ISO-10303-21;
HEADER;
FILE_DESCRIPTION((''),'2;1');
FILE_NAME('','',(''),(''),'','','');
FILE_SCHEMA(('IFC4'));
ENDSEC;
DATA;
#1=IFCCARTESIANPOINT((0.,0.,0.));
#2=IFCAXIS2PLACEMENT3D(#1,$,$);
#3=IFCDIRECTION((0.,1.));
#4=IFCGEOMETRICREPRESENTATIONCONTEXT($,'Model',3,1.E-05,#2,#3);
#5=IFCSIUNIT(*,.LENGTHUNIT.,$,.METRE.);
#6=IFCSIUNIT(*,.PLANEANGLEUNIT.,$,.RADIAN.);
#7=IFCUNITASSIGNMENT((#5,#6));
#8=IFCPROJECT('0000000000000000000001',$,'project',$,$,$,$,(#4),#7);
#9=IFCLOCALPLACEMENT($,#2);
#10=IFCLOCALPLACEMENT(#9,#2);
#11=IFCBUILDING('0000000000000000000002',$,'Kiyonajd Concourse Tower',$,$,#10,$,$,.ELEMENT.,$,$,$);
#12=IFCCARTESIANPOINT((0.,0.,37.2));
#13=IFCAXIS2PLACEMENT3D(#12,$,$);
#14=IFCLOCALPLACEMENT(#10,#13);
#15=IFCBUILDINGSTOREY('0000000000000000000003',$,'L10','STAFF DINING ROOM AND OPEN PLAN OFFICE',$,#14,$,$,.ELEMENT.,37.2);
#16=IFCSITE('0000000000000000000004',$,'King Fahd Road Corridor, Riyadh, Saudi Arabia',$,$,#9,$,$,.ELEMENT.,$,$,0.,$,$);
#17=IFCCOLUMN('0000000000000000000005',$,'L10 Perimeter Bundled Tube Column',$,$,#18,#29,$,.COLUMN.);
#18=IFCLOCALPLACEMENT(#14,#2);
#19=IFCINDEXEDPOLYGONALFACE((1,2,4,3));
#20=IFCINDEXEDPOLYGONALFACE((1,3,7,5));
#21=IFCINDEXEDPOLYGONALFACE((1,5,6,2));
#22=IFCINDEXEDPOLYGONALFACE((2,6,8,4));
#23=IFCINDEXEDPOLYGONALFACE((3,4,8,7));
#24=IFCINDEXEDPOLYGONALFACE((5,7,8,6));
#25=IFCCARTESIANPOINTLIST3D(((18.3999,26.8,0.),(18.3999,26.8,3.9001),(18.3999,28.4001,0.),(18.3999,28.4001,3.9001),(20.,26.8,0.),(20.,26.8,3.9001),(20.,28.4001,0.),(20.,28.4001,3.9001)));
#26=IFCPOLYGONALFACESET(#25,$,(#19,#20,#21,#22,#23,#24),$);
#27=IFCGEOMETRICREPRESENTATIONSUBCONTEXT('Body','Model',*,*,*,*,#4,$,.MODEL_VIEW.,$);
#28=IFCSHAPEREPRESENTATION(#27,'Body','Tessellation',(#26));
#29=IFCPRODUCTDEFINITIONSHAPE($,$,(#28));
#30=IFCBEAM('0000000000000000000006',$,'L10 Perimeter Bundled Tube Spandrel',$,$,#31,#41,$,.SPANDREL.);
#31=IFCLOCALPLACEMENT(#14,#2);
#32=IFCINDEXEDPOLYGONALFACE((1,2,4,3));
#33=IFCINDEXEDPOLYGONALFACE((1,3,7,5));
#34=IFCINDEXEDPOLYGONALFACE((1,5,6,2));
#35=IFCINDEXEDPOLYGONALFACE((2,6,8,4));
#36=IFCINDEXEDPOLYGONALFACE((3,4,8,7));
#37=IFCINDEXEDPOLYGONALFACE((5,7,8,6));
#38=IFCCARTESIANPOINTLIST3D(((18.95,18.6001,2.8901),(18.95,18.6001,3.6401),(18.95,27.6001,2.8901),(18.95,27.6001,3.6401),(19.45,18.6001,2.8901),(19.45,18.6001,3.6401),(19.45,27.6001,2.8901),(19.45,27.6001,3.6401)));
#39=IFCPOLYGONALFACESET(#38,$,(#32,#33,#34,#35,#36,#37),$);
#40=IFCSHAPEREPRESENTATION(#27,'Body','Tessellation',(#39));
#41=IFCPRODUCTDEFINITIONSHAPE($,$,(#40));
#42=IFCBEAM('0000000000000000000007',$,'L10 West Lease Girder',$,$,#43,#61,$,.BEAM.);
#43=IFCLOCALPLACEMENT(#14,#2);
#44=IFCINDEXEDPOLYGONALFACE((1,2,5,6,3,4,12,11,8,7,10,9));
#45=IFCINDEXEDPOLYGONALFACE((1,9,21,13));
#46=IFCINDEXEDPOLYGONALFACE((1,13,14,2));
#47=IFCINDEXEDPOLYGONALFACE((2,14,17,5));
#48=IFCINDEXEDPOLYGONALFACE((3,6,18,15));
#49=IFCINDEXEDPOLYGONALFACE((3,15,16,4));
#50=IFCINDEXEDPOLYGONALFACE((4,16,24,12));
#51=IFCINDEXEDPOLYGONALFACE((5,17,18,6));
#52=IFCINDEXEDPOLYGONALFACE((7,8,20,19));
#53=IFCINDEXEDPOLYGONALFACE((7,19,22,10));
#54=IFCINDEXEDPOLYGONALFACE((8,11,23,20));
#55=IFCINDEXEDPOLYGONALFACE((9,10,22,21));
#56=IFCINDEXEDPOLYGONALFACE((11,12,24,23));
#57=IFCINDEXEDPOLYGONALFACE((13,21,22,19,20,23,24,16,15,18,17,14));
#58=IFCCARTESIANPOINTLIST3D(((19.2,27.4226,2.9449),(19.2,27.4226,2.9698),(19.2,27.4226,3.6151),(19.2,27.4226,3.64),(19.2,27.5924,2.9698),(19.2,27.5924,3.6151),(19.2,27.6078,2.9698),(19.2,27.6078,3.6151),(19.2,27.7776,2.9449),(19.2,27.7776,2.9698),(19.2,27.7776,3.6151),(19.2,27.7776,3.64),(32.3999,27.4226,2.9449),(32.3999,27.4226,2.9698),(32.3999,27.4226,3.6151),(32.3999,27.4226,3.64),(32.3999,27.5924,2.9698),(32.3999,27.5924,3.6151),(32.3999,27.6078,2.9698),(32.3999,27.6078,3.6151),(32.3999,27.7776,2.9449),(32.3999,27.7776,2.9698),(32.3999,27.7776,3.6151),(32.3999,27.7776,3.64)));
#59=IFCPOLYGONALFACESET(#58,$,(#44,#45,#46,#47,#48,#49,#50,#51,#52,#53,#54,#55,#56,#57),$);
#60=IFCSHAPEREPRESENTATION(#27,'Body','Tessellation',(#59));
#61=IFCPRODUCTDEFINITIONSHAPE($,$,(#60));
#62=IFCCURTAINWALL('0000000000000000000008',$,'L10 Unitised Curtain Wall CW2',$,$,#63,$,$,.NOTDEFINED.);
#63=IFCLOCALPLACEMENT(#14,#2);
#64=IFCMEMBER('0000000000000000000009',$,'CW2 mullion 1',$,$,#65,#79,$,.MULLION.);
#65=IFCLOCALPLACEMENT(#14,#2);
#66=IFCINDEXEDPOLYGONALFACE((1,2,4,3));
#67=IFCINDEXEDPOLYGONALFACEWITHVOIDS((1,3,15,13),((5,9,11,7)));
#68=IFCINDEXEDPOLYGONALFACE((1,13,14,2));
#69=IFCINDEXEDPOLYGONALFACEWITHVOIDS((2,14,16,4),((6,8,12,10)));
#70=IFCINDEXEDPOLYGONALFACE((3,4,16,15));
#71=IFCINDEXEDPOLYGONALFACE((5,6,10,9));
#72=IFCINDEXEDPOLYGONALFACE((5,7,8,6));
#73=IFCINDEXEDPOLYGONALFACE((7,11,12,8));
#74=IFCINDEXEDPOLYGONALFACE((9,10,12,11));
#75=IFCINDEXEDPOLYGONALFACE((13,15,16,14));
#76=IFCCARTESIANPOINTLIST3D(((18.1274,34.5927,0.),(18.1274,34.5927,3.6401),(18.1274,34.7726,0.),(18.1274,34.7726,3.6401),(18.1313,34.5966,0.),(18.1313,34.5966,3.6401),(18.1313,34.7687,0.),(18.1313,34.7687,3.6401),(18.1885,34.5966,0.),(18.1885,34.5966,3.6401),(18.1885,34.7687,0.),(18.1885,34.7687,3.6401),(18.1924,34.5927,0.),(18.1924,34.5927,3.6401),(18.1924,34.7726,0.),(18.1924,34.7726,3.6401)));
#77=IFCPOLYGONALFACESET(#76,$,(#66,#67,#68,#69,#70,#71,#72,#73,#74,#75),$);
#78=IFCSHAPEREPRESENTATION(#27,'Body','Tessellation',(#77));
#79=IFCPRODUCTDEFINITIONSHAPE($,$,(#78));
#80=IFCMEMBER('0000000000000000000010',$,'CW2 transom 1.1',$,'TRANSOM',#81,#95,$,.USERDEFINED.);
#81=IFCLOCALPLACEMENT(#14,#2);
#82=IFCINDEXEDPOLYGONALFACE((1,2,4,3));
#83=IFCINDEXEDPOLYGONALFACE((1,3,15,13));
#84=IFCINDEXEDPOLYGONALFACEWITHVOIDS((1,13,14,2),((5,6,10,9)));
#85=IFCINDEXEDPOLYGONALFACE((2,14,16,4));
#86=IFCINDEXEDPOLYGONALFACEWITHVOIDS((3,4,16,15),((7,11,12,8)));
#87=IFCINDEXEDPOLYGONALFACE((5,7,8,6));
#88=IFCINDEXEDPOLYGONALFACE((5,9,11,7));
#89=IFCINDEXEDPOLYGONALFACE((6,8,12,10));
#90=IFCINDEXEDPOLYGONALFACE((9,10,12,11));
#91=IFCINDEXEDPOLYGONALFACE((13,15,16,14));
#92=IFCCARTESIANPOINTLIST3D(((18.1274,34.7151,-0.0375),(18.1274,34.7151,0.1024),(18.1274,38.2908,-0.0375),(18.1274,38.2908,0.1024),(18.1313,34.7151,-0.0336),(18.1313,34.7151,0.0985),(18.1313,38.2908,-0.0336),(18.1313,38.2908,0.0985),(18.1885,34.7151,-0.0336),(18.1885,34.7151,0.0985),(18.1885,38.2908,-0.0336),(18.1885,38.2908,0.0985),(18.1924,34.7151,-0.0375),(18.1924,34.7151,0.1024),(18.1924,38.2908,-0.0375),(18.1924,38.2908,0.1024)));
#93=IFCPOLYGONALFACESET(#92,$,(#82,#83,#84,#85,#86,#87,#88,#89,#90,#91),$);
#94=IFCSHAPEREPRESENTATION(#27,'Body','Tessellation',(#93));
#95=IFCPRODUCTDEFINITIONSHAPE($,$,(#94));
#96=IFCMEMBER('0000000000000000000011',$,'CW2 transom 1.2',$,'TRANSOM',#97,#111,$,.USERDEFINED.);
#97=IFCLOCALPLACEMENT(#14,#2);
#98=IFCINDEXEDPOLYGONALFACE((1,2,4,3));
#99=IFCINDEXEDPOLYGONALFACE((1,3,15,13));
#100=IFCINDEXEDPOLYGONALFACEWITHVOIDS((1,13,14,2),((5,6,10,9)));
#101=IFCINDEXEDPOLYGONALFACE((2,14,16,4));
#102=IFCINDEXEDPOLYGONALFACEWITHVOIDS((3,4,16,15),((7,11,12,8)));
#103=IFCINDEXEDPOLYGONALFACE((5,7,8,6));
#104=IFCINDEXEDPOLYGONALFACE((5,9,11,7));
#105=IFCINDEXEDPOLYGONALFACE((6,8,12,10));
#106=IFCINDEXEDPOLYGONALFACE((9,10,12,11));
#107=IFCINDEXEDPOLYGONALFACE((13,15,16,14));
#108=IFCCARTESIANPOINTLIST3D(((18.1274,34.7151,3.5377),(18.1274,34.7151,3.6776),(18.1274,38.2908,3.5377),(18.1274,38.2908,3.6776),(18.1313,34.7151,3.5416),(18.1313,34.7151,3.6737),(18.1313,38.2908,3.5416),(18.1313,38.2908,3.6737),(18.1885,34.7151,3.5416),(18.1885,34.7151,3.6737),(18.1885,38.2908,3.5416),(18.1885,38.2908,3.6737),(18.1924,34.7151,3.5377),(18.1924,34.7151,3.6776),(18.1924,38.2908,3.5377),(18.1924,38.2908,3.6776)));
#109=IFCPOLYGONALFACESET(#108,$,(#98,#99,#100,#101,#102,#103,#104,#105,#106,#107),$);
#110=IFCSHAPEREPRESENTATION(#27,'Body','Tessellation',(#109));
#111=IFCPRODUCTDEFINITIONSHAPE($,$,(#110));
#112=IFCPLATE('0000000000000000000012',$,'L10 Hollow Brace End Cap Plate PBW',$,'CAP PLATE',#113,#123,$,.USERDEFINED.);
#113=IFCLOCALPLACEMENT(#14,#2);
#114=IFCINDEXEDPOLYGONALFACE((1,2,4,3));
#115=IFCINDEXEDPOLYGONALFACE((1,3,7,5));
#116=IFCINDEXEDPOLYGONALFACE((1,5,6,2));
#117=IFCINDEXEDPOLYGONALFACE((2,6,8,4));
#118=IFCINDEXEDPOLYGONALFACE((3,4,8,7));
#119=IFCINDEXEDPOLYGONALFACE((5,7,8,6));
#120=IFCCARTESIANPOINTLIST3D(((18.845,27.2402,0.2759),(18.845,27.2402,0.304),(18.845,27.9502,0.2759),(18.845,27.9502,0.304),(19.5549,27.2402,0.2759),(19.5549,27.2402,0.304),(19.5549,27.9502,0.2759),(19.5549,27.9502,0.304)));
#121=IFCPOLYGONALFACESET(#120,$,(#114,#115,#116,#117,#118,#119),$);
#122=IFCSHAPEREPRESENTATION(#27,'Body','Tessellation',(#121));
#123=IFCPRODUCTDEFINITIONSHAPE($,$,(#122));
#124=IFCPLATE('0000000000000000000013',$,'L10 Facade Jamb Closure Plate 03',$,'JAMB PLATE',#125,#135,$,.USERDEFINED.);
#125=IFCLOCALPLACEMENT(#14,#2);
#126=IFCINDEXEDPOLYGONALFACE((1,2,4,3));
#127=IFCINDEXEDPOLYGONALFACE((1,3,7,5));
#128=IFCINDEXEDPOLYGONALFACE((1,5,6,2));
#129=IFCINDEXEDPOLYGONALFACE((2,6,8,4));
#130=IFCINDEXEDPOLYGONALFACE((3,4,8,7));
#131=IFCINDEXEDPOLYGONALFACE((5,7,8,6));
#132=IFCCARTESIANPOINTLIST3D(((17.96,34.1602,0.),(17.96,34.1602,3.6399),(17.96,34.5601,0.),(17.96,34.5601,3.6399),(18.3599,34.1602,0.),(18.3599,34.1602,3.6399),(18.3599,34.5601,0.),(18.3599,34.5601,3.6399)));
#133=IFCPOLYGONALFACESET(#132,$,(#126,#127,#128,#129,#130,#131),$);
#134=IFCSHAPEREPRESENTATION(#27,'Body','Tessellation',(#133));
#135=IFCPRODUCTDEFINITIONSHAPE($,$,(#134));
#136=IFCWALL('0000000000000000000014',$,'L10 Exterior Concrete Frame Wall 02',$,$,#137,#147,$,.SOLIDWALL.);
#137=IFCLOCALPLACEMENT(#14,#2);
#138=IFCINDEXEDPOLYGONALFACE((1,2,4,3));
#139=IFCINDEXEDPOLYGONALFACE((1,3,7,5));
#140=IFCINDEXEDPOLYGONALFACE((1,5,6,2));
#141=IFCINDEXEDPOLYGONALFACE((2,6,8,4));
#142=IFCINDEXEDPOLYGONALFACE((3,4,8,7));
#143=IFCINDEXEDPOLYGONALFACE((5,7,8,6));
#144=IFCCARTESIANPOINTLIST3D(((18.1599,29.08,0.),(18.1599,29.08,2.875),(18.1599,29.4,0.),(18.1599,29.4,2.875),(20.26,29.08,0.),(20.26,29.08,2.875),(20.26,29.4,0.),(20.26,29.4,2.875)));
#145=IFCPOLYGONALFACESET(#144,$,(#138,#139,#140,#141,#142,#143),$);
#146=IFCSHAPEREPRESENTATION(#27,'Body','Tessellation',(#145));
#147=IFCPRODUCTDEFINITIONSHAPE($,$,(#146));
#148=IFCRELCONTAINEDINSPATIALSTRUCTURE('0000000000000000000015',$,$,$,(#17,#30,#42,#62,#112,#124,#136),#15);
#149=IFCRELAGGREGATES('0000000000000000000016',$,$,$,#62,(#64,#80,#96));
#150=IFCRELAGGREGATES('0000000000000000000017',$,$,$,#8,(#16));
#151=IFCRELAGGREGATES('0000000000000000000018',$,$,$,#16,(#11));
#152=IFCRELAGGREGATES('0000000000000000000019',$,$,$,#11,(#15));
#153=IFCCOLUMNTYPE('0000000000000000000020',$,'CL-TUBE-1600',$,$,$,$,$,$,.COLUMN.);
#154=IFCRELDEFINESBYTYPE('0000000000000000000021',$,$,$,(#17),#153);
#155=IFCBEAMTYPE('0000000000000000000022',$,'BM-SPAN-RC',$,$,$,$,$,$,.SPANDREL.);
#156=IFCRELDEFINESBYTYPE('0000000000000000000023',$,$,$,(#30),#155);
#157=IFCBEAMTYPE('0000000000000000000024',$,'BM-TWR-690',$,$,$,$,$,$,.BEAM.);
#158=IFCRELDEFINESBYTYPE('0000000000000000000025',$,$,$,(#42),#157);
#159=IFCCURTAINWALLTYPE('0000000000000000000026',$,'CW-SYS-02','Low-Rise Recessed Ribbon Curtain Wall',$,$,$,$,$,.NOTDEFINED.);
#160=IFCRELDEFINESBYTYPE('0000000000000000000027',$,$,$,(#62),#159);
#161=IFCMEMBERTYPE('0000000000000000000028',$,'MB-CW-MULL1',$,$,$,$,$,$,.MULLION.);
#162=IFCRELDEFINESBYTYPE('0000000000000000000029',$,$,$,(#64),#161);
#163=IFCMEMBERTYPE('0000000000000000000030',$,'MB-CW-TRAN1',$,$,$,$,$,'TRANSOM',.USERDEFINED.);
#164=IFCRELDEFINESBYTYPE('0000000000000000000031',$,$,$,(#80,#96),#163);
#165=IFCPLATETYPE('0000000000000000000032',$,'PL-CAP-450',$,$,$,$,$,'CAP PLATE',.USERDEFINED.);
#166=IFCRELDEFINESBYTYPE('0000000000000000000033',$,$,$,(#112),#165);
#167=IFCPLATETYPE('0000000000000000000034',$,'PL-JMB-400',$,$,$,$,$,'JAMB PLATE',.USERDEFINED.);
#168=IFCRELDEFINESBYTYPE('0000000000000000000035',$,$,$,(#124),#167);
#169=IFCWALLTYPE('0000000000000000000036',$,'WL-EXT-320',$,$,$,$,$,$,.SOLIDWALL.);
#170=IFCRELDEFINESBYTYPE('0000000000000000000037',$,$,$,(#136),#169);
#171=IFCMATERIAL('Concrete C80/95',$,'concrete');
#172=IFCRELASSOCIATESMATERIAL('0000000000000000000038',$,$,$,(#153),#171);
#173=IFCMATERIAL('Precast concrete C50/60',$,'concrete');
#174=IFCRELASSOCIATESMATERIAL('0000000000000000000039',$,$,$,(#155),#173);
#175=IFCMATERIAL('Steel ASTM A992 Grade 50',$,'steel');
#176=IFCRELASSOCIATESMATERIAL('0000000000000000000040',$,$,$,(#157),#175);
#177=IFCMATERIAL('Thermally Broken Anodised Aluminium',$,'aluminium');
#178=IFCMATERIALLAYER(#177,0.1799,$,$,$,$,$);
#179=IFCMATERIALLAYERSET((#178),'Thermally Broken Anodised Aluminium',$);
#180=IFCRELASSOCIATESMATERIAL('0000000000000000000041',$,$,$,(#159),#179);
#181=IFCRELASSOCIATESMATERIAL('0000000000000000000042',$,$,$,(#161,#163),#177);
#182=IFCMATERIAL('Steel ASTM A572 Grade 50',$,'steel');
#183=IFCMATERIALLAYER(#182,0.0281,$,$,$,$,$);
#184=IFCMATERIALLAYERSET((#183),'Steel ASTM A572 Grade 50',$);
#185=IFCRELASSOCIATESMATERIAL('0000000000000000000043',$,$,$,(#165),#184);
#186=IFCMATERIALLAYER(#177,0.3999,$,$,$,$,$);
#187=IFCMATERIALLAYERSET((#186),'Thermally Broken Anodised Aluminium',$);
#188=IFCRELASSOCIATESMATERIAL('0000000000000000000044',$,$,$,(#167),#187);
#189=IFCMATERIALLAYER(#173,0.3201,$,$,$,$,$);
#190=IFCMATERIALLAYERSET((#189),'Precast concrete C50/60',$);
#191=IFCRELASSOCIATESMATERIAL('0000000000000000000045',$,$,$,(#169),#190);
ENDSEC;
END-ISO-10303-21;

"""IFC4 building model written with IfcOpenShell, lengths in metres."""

from ifc_helpers import new_model, si_unit, direction, frame, frame_2d, origin, origin_2d, place, context, subcontext, project, spatial, rectangle, hollow_rectangle, i_section, extrude, material, layer, layer_set, material_profile, profile_set, type_object, element, aggregate, save


model = new_model("IFC4")

# Units and contexts
model_context = context("Model", 3, precision=1e-05, world=origin(), true_north=direction((0.0, 1.0)))
body_context = subcontext(model_context, "Body", "Model", "MODEL_VIEW")
ifc_project = project(units=[si_unit("LENGTHUNIT", "METRE"), si_unit("PLANEANGLEUNIT", "RADIAN")], contexts=[model_context])

# Site, building, storey
site_placement = place(None, origin())
site = spatial("IfcSite", under=ifc_project, at=site_placement, Name="King Fahd Road Corridor, Riyadh, Saudi Arabia", CompositionType="ELEMENT", RefElevation=0.0)
building_placement = place(site_placement, origin())
building = spatial("IfcBuilding", under=site, at=building_placement, Name="Kiyonajd Concourse Tower", CompositionType="ELEMENT")
storey_placement = place(building_placement, frame((0.0, 0.0, 37.2)))
storey = spatial("IfcBuildingStorey", under=building, at=storey_placement, Name="L10", Description="STAFF DINING ROOM AND OPEN PLAN OFFICE", CompositionType="ELEMENT", Elevation=37.2)

# Column
ifc_material_1 = material(Name="Concrete C80/95", Category="concrete")
ifc_material_profile_1 = material_profile(ifc_material_1, rectangle(XDim=1.6001, YDim=1.6001, at=origin_2d()), Name="RC-1600x1600")
ifc_profile_set_1 = profile_set([ifc_material_profile_1], Name="Concrete C80/95")
column_type = type_object("IfcColumnType", Name="CL-TUBE-1600", PredefinedType="COLUMN", material=ifc_profile_set_1)
column_placement = place(storey_placement, frame((19.2, 27.6001, 0.0), z_axis=(0.0, 0.0, 1.0), x_axis=(1.0, 0.0, 0.0)))
element("IfcColumn", 1, at=column_placement, inside=storey, type_object=column_type, Name="L10 Perimeter Bundled Tube Column", PredefinedType="COLUMN", context=body_context, shape_type="SweptSolid", body=[
    extrude(rectangle(XDim=1.6001, YDim=1.6001, at=origin_2d()), origin(), (0.0, 0.0, 1.0), 3.9001),
])

# Beams
ifc_material_2 = material(Name="Precast concrete C50/60", Category="concrete")
ifc_material_profile_2 = material_profile(ifc_material_2, rectangle(XDim=0.5, YDim=0.75, at=origin_2d()), Name="RCBM-500x750")
ifc_profile_set_2 = profile_set([ifc_material_profile_2], Name="Precast concrete C50/60")
beam_type_1 = type_object("IfcBeamType", Name="BM-SPAN-RC", PredefinedType="SPANDREL", material=ifc_profile_set_2)
beam_1_placement = place(storey_placement, frame((19.2, 27.6001, 3.2651), z_axis=(0.0, -1.0, 0.0), x_axis=(1.0, 0.0, 0.0)))
element("IfcBeam", 2, at=beam_1_placement, inside=storey, type_object=beam_type_1, Name="L10 Perimeter Bundled Tube Spandrel", PredefinedType="SPANDREL", context=body_context, shape_type="SweptSolid", body=[
    extrude(rectangle(XDim=0.5, YDim=0.75, at=origin_2d()), origin(), (0.0, 0.0, 1.0), 9.0),
])
ifc_material_3 = material(Name="Steel ASTM A992 Grade 50", Category="steel")
ifc_material_profile_3 = material_profile(ifc_material_3, i_section(OverallWidth=0.355, OverallDepth=0.6951, WebThickness=0.0154, FlangeThickness=0.0249, at=origin_2d()), Name="W690X217")
ifc_profile_set_3 = profile_set([ifc_material_profile_3], Name="Steel ASTM A992 Grade 50")
beam_type_2 = type_object("IfcBeamType", Name="BM-TWR-690", PredefinedType="BEAM", material=ifc_profile_set_3)
beam_2_placement = place(storey_placement, frame((19.2, 27.6001, 3.2925), z_axis=(1.0, 0.0, 0.0), x_axis=(0.0, 1.0, 0.0)))
element("IfcBeam", 3, at=beam_2_placement, inside=storey, type_object=beam_type_2, Name="L10 West Lease Girder", PredefinedType="BEAM", context=body_context, shape_type="SweptSolid", body=[
    extrude(i_section(OverallWidth=0.355, OverallDepth=0.6951, WebThickness=0.0154, FlangeThickness=0.0249, at=origin_2d()), origin(), (0.0, 0.0, 1.0), 13.2),
])

# Curtain wall, members
ifc_material_4 = material(Name="Thermally Broken Anodised Aluminium", Category="aluminium")
ifc_layer_1 = layer(ifc_material_4, 0.1799)
ifc_layer_set_1 = layer_set([ifc_layer_1], Name="Thermally Broken Anodised Aluminium")
curtain_wall_type = type_object("IfcCurtainWallType", Name="CW-SYS-02", Description="Low-Rise Recessed Ribbon Curtain Wall", PredefinedType="NOTDEFINED", material=ifc_layer_set_1)
curtain_wall_placement = place(storey_placement, origin())
curtain_wall = element("IfcCurtainWall", 4, at=curtain_wall_placement, inside=storey, type_object=curtain_wall_type, Name="L10 Unitised Curtain Wall CW2", PredefinedType="NOTDEFINED")
ifc_material_profile_4 = material_profile(ifc_material_4, hollow_rectangle(XDim=0.0649, YDim=0.1799, WallThickness=0.0039, at=origin_2d()), Name="MULL-65x180")
ifc_profile_set_4 = profile_set([ifc_material_profile_4], Name="Thermally Broken Anodised Aluminium")
member_type_1 = type_object("IfcMemberType", Name="MB-CW-MULL1", PredefinedType="MULLION", material=ifc_profile_set_4)
member_1_placement = place(storey_placement, frame((18.1599, 34.6826, 0.0), z_axis=(0.0, 0.0, 1.0), x_axis=(-1.0, 0.0, 0.0)))
member_1 = element("IfcMember", 5, at=member_1_placement, type_object=member_type_1, Name="CW2 mullion 1", PredefinedType="MULLION", context=body_context, shape_type="SweptSolid", body=[
    extrude(hollow_rectangle(XDim=0.0649, YDim=0.1799, WallThickness=0.0039, at=origin_2d()), origin(), (0.0, 0.0, 1.0), 3.6401),
])
ifc_material_profile_5 = material_profile(ifc_material_4, hollow_rectangle(XDim=0.0649, YDim=0.1399, WallThickness=0.0039, at=origin_2d()), Name="TRAN-65x140")
ifc_profile_set_5 = profile_set([ifc_material_profile_5], Name="Thermally Broken Anodised Aluminium")
member_type_2 = type_object("IfcMemberType", Name="MB-CW-TRAN1", ElementType="TRANSOM", PredefinedType="USERDEFINED", material=ifc_profile_set_5)
member_2_placement = place(storey_placement, frame((18.1599, 34.7151, 0.0325), z_axis=(0.0, 1.0, 0.0), x_axis=(-1.0, 0.0, 0.0)))
member_2 = element("IfcMember", 6, at=member_2_placement, type_object=member_type_2, Name="CW2 transom 1.1", ObjectType="TRANSOM", PredefinedType="USERDEFINED", context=body_context, shape_type="SweptSolid", body=[
    extrude(hollow_rectangle(XDim=0.0649, YDim=0.1399, WallThickness=0.0039, at=origin_2d()), origin(), (0.0, 0.0, 1.0), 3.5757),
])
member_3_placement = place(storey_placement, frame((18.1599, 34.7151, 3.6077), z_axis=(0.0, 1.0, 0.0), x_axis=(-1.0, 0.0, 0.0)))
member_3 = element("IfcMember", 7, at=member_3_placement, type_object=member_type_2, Name="CW2 transom 1.2", ObjectType="TRANSOM", PredefinedType="USERDEFINED", context=body_context, shape_type="SweptSolid", body=[
    extrude(hollow_rectangle(XDim=0.0649, YDim=0.1399, WallThickness=0.0039, at=origin_2d()), origin(), (0.0, 0.0, 1.0), 3.5757),
])
aggregate(curtain_wall, [member_1, member_2, member_3])

# Plates
ifc_material_5 = material(Name="Steel ASTM A572 Grade 50", Category="steel")
ifc_layer_2 = layer(ifc_material_5, 0.0281)
ifc_layer_set_2 = layer_set([ifc_layer_2], Name="Steel ASTM A572 Grade 50")
plate_type_1 = type_object("IfcPlateType", Name="PL-CAP-450", ElementType="CAP PLATE", PredefinedType="USERDEFINED", material=ifc_layer_set_2)
plate_1_placement = place(storey_placement, frame((19.2, 27.5952, 0.2759), z_axis=(0.0, 0.0, 1.0), x_axis=(1.0, 0.0, 0.0)))
element("IfcPlate", 8, at=plate_1_placement, inside=storey, type_object=plate_type_1, Name="L10 Hollow Brace End Cap Plate PBW", ObjectType="CAP PLATE", PredefinedType="USERDEFINED", context=body_context, shape_type="SweptSolid", body=[
    extrude(rectangle(XDim=0.71, YDim=0.71, at=origin_2d()), origin(), (0.0, 0.0, 1.0), 0.0281),
])
ifc_layer_3 = layer(ifc_material_4, 0.3999)
ifc_layer_set_3 = layer_set([ifc_layer_3], Name="Thermally Broken Anodised Aluminium")
plate_type_2 = type_object("IfcPlateType", Name="PL-JMB-400", ElementType="JAMB PLATE", PredefinedType="USERDEFINED", material=ifc_layer_set_3)
plate_2_placement = place(storey_placement, frame((18.1599, 34.3601, 0.0), z_axis=(0.0, 0.0, 1.0), x_axis=(1.0, 0.0, 0.0)))
element("IfcPlate", 9, at=plate_2_placement, inside=storey, type_object=plate_type_2, Name="L10 Facade Jamb Closure Plate 03", ObjectType="JAMB PLATE", PredefinedType="USERDEFINED", context=body_context, shape_type="SweptSolid", body=[
    extrude(rectangle(XDim=0.3999, YDim=0.3999, at=origin_2d()), origin(), (0.0, 0.0, 1.0), 3.6399),
])

# Wall
ifc_layer_4 = layer(ifc_material_2, 0.3201)
ifc_layer_set_4 = layer_set([ifc_layer_4], Name="Precast concrete C50/60")
wall_type = type_object("IfcWallType", Name="WL-EXT-320", PredefinedType="SOLIDWALL", material=ifc_layer_set_4)
wall_placement = place(storey_placement, frame((18.1599, 29.24, 0.0), z_axis=(0.0, 0.0, 1.0), x_axis=(1.0, 0.0, 0.0)))
element("IfcWall", 10, at=wall_placement, inside=storey, type_object=wall_type, Name="L10 Exterior Concrete Frame Wall 02", PredefinedType="SOLIDWALL", context=body_context, shape_type="SweptSolid", body=[
    extrude(rectangle(XDim=2.1001, YDim=0.3201, at=frame_2d((1.05, 0.0))), origin(), (0.0, 0.0, 1.0), 2.875),
])

save(model, "model.ifc")
